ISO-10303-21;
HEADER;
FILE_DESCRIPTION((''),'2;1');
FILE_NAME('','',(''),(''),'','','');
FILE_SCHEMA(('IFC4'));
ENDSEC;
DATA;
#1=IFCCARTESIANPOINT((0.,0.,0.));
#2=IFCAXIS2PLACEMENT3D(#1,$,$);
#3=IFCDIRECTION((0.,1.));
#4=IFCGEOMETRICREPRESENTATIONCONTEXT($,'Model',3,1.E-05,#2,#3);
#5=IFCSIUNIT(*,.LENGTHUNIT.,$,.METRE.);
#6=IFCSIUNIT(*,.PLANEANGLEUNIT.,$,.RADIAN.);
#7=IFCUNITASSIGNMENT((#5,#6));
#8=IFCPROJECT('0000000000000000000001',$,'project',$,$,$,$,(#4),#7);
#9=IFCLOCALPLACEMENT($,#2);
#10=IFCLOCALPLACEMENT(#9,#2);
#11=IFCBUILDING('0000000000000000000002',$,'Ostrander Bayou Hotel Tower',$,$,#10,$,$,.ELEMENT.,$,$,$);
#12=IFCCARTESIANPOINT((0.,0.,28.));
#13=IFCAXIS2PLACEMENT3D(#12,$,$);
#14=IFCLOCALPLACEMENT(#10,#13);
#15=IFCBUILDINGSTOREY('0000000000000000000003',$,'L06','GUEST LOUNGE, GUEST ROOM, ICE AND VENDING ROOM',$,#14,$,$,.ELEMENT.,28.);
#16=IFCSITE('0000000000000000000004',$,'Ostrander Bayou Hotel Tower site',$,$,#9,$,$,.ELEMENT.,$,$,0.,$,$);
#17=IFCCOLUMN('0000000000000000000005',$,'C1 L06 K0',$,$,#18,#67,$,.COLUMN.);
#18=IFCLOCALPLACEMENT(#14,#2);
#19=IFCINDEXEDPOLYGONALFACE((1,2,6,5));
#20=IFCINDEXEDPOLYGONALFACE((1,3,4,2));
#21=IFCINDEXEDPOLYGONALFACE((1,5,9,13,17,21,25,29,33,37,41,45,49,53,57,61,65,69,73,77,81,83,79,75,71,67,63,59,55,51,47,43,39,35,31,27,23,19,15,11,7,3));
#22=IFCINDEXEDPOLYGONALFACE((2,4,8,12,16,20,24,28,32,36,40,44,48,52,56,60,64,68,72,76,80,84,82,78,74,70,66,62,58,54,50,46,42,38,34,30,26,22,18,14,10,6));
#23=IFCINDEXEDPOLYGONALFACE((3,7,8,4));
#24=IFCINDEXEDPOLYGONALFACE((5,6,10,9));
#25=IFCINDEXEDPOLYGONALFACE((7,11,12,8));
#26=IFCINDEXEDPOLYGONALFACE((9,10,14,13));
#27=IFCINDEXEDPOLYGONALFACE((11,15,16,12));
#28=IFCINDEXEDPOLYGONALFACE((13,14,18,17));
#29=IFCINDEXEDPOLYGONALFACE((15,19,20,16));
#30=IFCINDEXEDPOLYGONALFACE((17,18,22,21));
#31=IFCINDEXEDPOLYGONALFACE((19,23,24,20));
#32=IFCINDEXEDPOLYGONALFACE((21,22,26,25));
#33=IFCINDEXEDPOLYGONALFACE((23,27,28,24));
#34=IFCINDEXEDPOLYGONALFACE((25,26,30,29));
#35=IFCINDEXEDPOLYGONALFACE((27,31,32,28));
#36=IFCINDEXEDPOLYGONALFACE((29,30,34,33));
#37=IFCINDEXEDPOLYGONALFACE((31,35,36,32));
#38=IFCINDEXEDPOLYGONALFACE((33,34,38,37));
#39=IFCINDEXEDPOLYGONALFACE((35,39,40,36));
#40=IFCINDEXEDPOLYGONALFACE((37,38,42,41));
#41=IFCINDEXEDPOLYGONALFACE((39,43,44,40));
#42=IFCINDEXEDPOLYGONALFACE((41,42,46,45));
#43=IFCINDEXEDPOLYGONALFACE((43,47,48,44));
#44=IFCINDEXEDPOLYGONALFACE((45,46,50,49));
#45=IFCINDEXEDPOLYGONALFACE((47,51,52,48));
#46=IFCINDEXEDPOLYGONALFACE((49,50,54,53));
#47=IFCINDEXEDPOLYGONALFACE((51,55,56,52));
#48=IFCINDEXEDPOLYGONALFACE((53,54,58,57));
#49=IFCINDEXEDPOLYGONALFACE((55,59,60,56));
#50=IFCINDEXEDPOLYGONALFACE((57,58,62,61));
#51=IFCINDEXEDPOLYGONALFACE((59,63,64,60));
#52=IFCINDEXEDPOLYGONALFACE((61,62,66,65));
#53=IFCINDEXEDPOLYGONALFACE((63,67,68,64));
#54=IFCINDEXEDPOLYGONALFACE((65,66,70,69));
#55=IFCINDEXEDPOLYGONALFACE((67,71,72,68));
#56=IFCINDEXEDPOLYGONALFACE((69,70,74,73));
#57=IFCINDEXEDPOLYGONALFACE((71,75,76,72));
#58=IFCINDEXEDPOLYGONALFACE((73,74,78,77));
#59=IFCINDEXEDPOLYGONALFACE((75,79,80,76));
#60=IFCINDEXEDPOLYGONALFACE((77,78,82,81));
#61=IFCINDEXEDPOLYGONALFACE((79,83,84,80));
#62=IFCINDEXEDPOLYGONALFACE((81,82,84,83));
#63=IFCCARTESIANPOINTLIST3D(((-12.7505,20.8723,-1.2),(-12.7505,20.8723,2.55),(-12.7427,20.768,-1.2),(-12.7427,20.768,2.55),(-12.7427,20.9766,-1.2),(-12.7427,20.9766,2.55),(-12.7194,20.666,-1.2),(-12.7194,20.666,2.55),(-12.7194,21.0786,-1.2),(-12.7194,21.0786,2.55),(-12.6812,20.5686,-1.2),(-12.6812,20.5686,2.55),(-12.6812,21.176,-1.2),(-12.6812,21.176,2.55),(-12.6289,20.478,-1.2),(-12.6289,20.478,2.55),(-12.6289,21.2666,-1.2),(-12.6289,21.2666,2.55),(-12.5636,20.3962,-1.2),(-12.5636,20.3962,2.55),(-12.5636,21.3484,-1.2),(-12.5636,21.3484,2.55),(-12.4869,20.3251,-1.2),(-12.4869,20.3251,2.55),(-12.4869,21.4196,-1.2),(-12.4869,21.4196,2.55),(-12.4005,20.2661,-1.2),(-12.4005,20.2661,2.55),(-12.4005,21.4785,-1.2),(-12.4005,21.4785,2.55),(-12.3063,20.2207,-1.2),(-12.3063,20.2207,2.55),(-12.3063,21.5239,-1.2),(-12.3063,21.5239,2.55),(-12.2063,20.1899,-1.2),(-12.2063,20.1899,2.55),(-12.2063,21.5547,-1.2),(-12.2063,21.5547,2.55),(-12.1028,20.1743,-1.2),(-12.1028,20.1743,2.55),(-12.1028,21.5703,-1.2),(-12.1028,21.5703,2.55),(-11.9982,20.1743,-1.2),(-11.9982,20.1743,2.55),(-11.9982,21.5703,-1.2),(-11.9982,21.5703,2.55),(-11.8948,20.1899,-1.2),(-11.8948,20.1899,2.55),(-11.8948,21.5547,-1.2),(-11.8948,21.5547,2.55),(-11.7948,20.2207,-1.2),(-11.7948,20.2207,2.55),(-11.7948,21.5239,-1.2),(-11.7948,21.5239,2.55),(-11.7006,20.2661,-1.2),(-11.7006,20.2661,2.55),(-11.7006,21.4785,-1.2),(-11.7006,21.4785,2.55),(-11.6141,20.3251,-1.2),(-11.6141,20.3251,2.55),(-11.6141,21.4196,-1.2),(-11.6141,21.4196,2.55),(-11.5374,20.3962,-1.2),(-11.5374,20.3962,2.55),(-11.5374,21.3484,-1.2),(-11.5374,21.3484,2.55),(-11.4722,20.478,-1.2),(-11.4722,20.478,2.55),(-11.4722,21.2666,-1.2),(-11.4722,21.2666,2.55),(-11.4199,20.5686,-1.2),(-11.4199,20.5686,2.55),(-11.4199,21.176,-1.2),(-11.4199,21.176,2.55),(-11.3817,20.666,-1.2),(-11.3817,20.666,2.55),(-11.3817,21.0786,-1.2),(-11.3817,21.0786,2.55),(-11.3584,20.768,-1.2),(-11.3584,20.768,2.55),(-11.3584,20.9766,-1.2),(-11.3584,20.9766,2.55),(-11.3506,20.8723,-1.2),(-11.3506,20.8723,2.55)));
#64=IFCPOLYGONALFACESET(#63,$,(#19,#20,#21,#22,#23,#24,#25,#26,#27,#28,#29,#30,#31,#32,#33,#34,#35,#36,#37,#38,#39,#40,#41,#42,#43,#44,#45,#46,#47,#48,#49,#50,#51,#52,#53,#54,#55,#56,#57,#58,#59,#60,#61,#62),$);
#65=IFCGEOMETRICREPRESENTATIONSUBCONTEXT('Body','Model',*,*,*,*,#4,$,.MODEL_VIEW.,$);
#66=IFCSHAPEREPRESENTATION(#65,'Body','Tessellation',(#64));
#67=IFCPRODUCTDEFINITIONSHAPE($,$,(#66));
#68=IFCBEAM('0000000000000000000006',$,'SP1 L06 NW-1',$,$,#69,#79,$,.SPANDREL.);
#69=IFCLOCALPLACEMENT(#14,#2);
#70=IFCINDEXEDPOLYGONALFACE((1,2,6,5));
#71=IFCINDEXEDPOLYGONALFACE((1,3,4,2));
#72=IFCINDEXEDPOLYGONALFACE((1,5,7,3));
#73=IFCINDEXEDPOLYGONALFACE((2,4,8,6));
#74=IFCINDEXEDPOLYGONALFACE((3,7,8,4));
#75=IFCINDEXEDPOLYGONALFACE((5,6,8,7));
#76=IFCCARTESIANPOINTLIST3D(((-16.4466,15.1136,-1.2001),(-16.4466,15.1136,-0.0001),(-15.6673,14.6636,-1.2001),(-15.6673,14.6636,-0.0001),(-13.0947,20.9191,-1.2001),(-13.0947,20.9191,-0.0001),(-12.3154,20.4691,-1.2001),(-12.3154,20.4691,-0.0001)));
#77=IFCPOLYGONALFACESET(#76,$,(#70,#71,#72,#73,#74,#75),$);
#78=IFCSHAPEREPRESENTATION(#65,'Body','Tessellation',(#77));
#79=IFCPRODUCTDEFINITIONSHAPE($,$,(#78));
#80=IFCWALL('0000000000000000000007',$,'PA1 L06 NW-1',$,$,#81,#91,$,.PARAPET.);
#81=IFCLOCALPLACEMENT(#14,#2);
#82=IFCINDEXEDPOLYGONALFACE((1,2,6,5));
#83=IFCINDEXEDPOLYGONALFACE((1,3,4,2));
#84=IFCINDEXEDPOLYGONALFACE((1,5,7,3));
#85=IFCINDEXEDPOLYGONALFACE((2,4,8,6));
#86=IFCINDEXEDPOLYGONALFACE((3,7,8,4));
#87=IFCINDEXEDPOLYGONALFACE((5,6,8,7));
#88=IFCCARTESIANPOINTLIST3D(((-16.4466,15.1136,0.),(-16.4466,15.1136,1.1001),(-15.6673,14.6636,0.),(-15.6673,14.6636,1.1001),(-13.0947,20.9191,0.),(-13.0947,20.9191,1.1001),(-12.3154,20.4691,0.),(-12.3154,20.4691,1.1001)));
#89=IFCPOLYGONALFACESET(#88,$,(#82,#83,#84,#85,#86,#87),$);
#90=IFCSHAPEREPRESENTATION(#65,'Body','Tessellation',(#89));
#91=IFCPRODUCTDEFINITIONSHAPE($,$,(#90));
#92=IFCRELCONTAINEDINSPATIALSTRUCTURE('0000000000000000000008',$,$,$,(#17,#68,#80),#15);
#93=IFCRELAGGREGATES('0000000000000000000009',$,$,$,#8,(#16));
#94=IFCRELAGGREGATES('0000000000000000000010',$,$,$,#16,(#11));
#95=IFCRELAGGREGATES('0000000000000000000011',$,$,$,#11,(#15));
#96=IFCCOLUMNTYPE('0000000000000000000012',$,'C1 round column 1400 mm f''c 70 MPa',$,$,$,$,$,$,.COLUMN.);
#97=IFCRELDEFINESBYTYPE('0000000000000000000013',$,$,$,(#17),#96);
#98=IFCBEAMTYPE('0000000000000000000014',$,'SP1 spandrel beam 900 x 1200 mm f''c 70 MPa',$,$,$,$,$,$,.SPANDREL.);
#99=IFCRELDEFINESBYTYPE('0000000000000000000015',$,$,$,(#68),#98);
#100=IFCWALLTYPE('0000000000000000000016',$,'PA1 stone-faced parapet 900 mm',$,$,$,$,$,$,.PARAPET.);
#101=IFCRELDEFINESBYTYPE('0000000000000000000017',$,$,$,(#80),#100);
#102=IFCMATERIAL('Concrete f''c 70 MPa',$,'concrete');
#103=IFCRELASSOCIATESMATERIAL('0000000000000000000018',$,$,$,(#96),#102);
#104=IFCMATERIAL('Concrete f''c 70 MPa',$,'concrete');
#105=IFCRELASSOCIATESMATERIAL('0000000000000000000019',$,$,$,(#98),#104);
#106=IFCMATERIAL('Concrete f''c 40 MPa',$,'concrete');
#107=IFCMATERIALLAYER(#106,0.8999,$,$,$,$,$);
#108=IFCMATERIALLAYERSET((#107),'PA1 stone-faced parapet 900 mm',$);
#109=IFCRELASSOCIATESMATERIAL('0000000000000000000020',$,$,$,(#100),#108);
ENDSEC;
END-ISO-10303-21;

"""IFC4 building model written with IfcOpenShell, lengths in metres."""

from ifc_helpers import new_model, si_unit, direction, frame, frame_2d, origin, origin_2d, place, context, subcontext, project, spatial, rectangle, circle, extrude, material, layer, layer_set, material_profile, profile_set, type_object, element, save


model = new_model("IFC4")

# Units and contexts
model_context = context("Model", 3, precision=1e-05, world=origin(), true_north=direction((0.0, 1.0)))
body_context = subcontext(model_context, "Body", "Model", "MODEL_VIEW")
ifc_project = project(units=[si_unit("LENGTHUNIT", "METRE"), si_unit("PLANEANGLEUNIT", "RADIAN")], contexts=[model_context])

# Site, building, storey
site_placement = place(None, origin())
site = spatial("IfcSite", under=ifc_project, at=site_placement, Name="Ostrander Bayou Hotel Tower site", CompositionType="ELEMENT", RefElevation=0.0)
building_placement = place(site_placement, origin())
building = spatial("IfcBuilding", under=site, at=building_placement, Name="Ostrander Bayou Hotel Tower", CompositionType="ELEMENT")
storey_placement = place(building_placement, frame((0.0, 0.0, 28.0)))
storey = spatial("IfcBuildingStorey", under=building, at=storey_placement, Name="L06", Description="GUEST LOUNGE, GUEST ROOM, ICE AND VENDING ROOM", CompositionType="ELEMENT", Elevation=28.0)

# Column
ifc_material_1 = material(Name="Concrete f'c 70 MPa", Category="concrete")
ifc_material_profile_1 = material_profile(ifc_material_1, circle(Radius=0.7, at=origin_2d()))
ifc_profile_set_1 = profile_set([ifc_material_profile_1], Name="Concrete f'c 70 MPa")
column_type = type_object("IfcColumnType", Name="C1 round column 1400 mm f'c 70 MPa", PredefinedType="COLUMN", material=ifc_profile_set_1)
column_placement = place(storey_placement, frame((-12.0505, 20.8723, -1.2), z_axis=(0.0, 0.0, 1.0), x_axis=(1.0, 0.0, 0.0)))
element("IfcColumn", 1, at=column_placement, inside=storey, type_object=column_type, Name="C1 L06 K0", PredefinedType="COLUMN", context=body_context, shape_type="SweptSolid", body=[
    extrude(circle(Radius=0.7, at=origin_2d()), origin(), (0.0, 0.0, 1.0), 3.75),
])

# Beam
ifc_material_2 = material(Name="Concrete f'c 70 MPa", Category="concrete")
ifc_material_profile_2 = material_profile(ifc_material_2, rectangle(XDim=0.8999, YDim=1.2, at=origin_2d()))
ifc_profile_set_2 = profile_set([ifc_material_profile_2], Name="Concrete f'c 70 MPa")
beam_type = type_object("IfcBeamType", Name="SP1 spandrel beam 900 x 1200 mm f'c 70 MPa", PredefinedType="SPANDREL", material=ifc_profile_set_2)
beam_placement = place(storey_placement, frame((-12.7051, 20.6941, -0.6001), z_axis=(-0.500005, -0.866022, 0.0), x_axis=(0.866022, -0.500005, 0.0)))
element("IfcBeam", 2, at=beam_placement, inside=storey, type_object=beam_type, Name="SP1 L06 NW-1", PredefinedType="SPANDREL", context=body_context, shape_type="SweptSolid", body=[
    extrude(rectangle(XDim=0.8999, YDim=1.2, at=origin_2d()), origin(), (0.0, 0.0, 1.0), 6.7036),
])

# Wall
ifc_material_3 = material(Name="Concrete f'c 40 MPa", Category="concrete")
ifc_layer_1 = layer(ifc_material_3, 0.8999)
ifc_layer_set_1 = layer_set([ifc_layer_1], Name="PA1 stone-faced parapet 900 mm")
wall_type_1 = type_object("IfcWallType", Name="PA1 stone-faced parapet 900 mm", PredefinedType="PARAPET", material=ifc_layer_set_1)
wall_1_placement = place(storey_placement, frame((-12.7051, 20.6941, 0.0), z_axis=(0.0, 0.0, 1.0), x_axis=(-0.500005, -0.866022, 0.0)))
element("IfcWall", 3, at=wall_1_placement, inside=storey, type_object=wall_type_1, Name="PA1 L06 NW-1", PredefinedType="PARAPET", context=body_context, shape_type="SweptSolid", body=[
    extrude(rectangle(XDim=6.7036, YDim=0.8999, at=frame_2d((3.3518, 0.0))), origin(), (0.0, 0.0, 1.0), 1.1001),
])

save(model, "model.ifc")
